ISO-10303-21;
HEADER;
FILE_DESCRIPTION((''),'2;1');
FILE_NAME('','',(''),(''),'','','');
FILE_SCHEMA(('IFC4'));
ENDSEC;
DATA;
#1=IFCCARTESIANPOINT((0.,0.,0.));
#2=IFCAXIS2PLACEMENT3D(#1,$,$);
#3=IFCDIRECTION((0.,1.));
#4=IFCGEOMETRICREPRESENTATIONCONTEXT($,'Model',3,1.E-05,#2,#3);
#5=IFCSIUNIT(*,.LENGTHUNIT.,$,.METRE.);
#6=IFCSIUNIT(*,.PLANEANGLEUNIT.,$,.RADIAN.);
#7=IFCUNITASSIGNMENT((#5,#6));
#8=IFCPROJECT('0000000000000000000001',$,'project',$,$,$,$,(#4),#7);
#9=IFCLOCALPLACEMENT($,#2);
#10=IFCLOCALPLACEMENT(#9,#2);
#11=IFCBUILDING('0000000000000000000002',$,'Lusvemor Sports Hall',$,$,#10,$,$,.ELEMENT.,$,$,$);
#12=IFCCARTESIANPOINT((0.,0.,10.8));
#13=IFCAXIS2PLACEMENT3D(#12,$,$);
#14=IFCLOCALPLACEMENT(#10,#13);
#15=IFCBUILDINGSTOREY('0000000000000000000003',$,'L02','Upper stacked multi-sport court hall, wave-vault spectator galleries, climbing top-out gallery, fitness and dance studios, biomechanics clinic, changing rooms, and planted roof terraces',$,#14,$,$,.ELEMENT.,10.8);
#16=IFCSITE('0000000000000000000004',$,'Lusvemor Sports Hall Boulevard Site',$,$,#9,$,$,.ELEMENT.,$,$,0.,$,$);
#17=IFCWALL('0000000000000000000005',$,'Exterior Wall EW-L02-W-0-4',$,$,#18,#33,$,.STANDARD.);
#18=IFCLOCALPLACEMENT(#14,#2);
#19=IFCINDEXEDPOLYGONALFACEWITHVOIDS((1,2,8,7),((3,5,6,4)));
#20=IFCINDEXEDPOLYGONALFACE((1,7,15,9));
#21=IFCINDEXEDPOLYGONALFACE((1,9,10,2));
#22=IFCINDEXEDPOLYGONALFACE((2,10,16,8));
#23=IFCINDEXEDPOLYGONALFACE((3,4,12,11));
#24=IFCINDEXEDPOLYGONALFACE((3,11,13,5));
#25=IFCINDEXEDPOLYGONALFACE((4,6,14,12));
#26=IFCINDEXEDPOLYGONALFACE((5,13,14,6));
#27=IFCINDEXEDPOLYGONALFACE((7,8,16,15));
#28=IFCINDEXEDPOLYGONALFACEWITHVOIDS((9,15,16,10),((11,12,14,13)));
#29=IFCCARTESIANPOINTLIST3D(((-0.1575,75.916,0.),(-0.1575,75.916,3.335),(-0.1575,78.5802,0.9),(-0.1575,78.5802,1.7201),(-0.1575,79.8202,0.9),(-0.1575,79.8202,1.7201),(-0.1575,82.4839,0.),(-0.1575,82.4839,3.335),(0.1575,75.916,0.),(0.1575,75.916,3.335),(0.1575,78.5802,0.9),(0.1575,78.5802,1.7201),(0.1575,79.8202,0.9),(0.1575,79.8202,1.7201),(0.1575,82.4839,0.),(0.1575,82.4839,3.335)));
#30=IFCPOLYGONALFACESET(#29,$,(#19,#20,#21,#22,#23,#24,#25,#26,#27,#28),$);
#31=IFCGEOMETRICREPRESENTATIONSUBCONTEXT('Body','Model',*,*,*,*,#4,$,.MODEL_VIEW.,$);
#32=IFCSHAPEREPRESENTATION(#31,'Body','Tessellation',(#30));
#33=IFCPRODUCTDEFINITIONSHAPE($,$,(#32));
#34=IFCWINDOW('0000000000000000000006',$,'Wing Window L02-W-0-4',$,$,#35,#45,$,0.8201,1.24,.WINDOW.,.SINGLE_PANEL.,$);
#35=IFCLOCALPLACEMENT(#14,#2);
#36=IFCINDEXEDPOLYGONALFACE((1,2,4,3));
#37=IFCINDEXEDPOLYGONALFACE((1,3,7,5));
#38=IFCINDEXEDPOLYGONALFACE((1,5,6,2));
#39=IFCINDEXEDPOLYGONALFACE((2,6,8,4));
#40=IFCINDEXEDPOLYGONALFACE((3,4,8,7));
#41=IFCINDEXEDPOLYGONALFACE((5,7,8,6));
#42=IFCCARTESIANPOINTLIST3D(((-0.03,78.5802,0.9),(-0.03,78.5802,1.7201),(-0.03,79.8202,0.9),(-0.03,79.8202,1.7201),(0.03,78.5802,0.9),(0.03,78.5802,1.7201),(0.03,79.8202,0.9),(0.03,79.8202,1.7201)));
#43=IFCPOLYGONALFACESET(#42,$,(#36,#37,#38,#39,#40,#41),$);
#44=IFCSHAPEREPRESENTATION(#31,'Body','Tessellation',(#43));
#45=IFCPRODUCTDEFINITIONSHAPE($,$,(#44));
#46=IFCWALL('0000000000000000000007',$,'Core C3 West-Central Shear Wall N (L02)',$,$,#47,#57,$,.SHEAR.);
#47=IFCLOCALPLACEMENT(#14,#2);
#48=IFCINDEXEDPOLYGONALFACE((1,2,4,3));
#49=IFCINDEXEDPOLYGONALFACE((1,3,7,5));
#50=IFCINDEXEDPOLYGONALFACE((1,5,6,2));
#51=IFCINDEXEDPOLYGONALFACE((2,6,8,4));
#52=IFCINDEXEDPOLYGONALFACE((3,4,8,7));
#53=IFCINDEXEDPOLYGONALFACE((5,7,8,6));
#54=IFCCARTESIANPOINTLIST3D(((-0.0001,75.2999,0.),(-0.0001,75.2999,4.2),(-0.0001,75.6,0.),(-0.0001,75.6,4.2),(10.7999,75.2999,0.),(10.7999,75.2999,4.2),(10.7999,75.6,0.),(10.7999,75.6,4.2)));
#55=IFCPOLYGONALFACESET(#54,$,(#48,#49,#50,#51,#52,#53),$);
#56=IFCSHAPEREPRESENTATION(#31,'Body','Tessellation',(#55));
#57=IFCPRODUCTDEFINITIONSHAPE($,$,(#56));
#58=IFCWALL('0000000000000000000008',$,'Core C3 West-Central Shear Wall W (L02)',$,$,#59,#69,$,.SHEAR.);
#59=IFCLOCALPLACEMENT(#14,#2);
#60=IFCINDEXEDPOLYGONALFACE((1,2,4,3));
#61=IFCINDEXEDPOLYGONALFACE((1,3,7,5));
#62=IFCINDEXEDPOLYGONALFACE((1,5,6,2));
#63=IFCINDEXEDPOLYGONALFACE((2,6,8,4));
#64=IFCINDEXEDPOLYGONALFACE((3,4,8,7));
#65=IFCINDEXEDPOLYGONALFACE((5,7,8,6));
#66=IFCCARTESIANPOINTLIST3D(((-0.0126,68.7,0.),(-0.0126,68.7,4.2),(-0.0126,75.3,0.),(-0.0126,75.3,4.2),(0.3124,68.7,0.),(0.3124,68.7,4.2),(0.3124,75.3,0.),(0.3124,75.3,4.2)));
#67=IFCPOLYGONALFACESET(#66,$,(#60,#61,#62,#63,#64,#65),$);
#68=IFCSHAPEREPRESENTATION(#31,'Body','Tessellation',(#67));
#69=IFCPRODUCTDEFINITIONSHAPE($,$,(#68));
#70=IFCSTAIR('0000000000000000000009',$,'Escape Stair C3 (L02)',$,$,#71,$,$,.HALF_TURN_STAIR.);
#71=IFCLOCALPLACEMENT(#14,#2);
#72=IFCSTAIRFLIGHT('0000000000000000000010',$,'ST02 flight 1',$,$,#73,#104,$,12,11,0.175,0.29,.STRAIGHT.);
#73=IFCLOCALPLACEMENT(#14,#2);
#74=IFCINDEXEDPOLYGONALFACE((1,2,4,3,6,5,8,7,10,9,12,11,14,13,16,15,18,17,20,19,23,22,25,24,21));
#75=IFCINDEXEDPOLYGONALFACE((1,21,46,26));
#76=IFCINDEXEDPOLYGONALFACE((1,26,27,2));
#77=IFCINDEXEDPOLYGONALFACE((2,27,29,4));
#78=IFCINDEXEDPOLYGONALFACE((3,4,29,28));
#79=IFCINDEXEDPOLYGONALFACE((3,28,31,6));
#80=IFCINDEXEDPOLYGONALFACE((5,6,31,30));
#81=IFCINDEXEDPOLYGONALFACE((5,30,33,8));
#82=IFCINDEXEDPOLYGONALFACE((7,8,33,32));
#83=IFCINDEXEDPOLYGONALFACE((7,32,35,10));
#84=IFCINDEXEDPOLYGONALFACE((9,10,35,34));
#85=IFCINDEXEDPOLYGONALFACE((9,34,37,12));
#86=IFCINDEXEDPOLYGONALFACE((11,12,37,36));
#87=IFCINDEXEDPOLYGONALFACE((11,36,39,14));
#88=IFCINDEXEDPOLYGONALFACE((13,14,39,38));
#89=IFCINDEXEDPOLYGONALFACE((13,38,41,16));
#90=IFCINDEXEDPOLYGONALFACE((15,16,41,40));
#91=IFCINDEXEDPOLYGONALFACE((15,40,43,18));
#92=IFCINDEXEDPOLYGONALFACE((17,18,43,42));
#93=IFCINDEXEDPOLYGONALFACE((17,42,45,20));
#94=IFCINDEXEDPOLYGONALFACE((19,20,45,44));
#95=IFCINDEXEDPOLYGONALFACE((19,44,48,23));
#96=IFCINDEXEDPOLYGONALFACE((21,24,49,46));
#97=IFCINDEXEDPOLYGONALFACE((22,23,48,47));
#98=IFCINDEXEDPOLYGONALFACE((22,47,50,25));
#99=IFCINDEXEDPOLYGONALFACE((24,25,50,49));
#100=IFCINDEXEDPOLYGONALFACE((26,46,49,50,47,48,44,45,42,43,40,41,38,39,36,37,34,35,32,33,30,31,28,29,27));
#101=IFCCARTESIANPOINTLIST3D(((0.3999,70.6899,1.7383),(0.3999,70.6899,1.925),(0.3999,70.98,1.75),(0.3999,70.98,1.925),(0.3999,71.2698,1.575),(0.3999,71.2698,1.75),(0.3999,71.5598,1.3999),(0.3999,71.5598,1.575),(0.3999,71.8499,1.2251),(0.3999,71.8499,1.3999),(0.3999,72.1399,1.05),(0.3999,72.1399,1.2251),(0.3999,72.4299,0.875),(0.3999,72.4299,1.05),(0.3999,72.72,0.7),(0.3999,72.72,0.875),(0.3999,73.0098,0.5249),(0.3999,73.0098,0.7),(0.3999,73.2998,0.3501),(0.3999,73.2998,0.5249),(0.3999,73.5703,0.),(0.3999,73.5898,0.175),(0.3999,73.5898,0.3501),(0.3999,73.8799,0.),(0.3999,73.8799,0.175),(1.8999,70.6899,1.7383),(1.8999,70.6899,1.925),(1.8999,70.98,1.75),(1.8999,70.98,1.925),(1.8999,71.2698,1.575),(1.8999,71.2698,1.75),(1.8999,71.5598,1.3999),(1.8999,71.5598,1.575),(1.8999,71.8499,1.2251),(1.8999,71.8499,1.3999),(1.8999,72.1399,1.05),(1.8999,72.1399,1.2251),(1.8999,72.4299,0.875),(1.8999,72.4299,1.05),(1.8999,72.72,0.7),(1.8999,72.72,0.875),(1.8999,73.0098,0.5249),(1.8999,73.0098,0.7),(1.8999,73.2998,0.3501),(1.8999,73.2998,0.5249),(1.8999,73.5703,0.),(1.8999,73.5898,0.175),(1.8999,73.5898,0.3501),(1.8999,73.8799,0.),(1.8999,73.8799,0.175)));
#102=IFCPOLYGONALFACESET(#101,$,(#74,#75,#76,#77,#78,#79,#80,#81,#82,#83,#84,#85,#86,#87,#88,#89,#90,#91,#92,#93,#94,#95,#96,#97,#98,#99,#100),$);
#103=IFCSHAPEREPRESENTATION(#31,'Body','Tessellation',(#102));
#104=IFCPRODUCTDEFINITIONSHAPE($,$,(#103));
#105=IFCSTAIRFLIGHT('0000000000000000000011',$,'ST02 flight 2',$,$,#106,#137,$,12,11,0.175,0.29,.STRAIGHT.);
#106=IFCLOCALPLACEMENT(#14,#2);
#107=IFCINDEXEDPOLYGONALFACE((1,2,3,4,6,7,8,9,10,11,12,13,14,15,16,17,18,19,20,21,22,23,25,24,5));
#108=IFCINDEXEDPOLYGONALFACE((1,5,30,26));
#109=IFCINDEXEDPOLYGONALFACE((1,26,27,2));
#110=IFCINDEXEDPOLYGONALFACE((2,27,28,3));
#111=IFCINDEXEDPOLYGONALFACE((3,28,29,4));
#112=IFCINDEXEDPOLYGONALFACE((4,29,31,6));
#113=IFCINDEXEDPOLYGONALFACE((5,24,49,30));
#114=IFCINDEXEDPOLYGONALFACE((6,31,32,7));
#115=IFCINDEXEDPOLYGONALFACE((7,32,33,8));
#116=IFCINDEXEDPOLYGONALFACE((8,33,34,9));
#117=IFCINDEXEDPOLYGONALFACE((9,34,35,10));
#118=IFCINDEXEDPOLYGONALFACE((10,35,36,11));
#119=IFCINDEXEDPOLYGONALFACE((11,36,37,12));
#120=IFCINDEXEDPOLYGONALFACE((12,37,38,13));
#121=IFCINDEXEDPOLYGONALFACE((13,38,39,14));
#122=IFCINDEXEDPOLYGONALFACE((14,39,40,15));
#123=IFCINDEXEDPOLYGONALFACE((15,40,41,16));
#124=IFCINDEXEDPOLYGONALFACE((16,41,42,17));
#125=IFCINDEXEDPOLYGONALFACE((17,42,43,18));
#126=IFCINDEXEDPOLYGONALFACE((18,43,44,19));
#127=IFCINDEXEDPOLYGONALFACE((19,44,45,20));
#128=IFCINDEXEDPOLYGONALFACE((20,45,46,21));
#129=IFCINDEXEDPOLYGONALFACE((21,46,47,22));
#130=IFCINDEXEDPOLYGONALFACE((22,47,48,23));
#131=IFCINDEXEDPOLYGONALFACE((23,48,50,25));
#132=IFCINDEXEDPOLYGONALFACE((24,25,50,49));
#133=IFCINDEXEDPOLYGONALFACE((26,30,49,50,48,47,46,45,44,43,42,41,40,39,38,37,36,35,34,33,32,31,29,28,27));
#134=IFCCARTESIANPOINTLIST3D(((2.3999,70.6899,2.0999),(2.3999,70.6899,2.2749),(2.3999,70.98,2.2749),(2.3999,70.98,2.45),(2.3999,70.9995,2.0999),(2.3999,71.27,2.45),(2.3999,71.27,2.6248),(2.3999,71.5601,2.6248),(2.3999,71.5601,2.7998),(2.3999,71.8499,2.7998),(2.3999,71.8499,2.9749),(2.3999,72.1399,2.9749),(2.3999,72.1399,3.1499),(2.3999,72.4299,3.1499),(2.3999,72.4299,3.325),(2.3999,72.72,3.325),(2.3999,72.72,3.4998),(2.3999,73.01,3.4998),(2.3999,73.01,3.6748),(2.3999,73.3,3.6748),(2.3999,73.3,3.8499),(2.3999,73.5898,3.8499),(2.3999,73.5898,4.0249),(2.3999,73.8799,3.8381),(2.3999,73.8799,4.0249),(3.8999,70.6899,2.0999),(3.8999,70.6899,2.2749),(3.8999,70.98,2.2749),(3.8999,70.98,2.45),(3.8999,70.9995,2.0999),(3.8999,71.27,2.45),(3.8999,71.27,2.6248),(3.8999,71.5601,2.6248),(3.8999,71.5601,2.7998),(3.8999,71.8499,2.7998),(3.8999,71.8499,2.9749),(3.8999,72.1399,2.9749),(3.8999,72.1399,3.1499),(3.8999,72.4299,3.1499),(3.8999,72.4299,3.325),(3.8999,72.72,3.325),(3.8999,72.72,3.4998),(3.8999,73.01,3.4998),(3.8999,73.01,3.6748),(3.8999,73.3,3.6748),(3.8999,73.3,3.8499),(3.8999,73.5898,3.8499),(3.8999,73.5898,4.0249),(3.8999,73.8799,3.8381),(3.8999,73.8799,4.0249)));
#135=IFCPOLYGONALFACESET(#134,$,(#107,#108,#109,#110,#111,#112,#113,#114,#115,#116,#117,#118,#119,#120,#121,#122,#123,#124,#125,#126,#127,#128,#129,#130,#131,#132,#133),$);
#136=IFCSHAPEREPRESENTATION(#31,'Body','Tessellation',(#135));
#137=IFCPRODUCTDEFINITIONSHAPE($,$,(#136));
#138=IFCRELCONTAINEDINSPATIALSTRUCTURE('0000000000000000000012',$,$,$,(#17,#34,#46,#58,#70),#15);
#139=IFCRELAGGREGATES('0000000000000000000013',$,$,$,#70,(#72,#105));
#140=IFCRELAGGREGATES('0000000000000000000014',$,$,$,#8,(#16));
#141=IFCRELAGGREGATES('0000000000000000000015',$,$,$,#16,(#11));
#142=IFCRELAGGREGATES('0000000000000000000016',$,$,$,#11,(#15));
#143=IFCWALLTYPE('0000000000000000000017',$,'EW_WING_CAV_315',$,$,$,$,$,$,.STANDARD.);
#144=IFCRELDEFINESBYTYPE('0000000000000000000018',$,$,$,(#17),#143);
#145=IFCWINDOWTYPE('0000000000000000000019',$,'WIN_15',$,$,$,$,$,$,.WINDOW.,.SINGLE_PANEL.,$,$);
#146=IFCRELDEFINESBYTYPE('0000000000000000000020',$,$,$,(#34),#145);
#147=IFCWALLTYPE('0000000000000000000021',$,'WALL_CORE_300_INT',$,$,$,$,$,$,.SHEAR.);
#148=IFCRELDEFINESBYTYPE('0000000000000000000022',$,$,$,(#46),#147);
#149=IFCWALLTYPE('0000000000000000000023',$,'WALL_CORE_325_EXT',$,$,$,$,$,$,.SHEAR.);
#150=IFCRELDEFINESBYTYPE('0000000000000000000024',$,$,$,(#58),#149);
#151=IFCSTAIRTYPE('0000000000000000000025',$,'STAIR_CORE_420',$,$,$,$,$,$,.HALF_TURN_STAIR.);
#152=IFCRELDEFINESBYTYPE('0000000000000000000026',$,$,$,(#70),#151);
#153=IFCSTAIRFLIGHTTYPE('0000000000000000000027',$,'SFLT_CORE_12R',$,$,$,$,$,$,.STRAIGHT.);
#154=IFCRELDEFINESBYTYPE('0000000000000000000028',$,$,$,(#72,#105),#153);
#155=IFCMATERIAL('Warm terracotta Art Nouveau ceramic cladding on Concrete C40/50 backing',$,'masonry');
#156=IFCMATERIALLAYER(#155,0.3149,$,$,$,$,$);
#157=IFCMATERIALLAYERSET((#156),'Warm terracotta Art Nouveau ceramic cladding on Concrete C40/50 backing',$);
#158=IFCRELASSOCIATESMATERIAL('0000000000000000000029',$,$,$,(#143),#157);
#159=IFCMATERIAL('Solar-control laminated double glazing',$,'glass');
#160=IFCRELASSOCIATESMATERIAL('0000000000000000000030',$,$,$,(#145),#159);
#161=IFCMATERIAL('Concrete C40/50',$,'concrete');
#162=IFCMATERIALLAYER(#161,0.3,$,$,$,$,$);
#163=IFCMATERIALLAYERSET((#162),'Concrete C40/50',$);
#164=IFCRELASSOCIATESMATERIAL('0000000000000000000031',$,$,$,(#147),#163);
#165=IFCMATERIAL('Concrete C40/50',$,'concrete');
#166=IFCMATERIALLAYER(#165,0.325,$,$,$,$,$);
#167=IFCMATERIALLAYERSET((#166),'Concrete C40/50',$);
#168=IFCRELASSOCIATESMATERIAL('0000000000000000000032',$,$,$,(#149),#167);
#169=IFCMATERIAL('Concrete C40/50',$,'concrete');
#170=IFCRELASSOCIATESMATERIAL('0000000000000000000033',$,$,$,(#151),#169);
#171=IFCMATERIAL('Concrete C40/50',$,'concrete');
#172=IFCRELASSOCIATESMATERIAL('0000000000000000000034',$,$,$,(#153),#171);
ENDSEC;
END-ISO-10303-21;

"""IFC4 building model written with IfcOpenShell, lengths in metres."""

from ifc_helpers import new_model, si_unit, direction, frame, frame_2d, origin, place, context, subcontext, project, spatial, polyline, rectangle, outline, extrude, material, layer, layer_set, type_object, element, fill, aggregate, save


model = new_model("IFC4")

# Units and contexts
model_context = context("Model", 3, precision=1e-05, world=origin(), true_north=direction((0.0, 1.0)))
body_context = subcontext(model_context, "Body", "Model", "MODEL_VIEW")
ifc_project = project(units=[si_unit("LENGTHUNIT", "METRE"), si_unit("PLANEANGLEUNIT", "RADIAN")], contexts=[model_context])

# Site, building, storey
site_placement = place(None, origin())
site = spatial("IfcSite", under=ifc_project, at=site_placement, Name="Lusvemor Sports Hall Boulevard Site", CompositionType="ELEMENT", RefElevation=0.0)
building_placement = place(site_placement, origin())
building = spatial("IfcBuilding", under=site, at=building_placement, Name="Lusvemor Sports Hall", CompositionType="ELEMENT")
storey_placement = place(building_placement, frame((0.0, 0.0, 10.8)))
storey = spatial("IfcBuildingStorey", under=building, at=storey_placement, Name="L02", Description="Upper stacked multi-sport court hall, wave-vault spectator galleries, climbing top-out gallery, fitness and dance studios, biomechanics clinic, changing rooms, and planted roof terraces", CompositionType="ELEMENT", Elevation=10.8)

# Wall, opening, window
ifc_material_1 = material(Name="Warm terracotta Art Nouveau ceramic cladding on Concrete C40/50 backing", Category="masonry")
ifc_layer_1 = layer(ifc_material_1, 0.3149)
ifc_layer_set_1 = layer_set([ifc_layer_1], Name="Warm terracotta Art Nouveau ceramic cladding on Concrete C40/50 backing")
wall_type_1 = type_object("IfcWallType", Name="EW_WING_CAV_315", PredefinedType="STANDARD", material=ifc_layer_set_1)
wall_1_placement = place(storey_placement, frame((0.0, 75.916, 0.0), z_axis=(0.0, 0.0, 1.0), x_axis=(0.0, 1.0, 0.0)))
wall_1 = element("IfcWall", 1, at=wall_1_placement, inside=storey, type_object=wall_type_1, Name="Exterior Wall EW-L02-W-0-4", PredefinedType="STANDARD", context=body_context, shape_type="SweptSolid", body=[
    extrude(rectangle(XDim=6.5679, YDim=0.3149, at=frame_2d((3.2839, 0.0))), origin(), (0.0, 0.0, 1.0), 3.335),
])
opening_placement = place(wall_1_placement, frame((2.6641, 0.0, 0.8999)))
opening = element("IfcOpeningElement", 2, at=opening_placement, cuts=wall_1, PredefinedType="OPENING", context=body_context, shape_type="SweptSolid", body=[
    extrude(rectangle(XDim=1.24, YDim=0.8201, at=frame_2d((0.6201, 0.4102))), frame((0.0, 0.1575, 0.0), z_axis=(0.0, -1.0, 0.0), x_axis=(1.0, 0.0, 0.0)), (0.0, 0.0, 1.0), 0.3149),
])
ifc_material_2 = material(Name="Solar-control laminated double glazing", Category="glass")
window_type = type_object("IfcWindowType", Name="WIN_15", PartitioningType="SINGLE_PANEL", PredefinedType="WINDOW", material=ifc_material_2)
window_placement = place(opening_placement, origin())
window = element("IfcWindow", 3, at=window_placement, inside=storey, type_object=window_type, Name="Wing Window L02-W-0-4", OverallHeight=0.8201, OverallWidth=1.24, PartitioningType="SINGLE_PANEL", PredefinedType="WINDOW", context=body_context, shape_type="SweptSolid", body=[
    extrude(rectangle(XDim=1.24, YDim=0.8201, at=frame_2d((0.6201, 0.4102))), frame((0.0, 0.03, 0.0), z_axis=(0.0, -1.0, 0.0), x_axis=(1.0, 0.0, 0.0)), (0.0, 0.0, 1.0), 0.0601),
])
fill(opening, window)

# Walls
ifc_material_3 = material(Name="Concrete C40/50", Category="concrete")
ifc_layer_2 = layer(ifc_material_3, 0.3)
ifc_layer_set_2 = layer_set([ifc_layer_2], Name="Concrete C40/50")
wall_type_2 = type_object("IfcWallType", Name="WALL_CORE_300_INT", PredefinedType="SHEAR", material=ifc_layer_set_2)
wall_2_placement = place(storey_placement, frame((0.0, 75.45, 0.0), z_axis=(0.0, 0.0, 1.0), x_axis=(1.0, 0.0, 0.0)))
element("IfcWall", 4, at=wall_2_placement, inside=storey, type_object=wall_type_2, Name="Core C3 West-Central Shear Wall N (L02)", PredefinedType="SHEAR", context=body_context, shape_type="SweptSolid", body=[
    extrude(rectangle(XDim=10.8, YDim=0.3, at=frame_2d((5.3999, 0.0))), origin(), (0.0, 0.0, 1.0), 4.2),
])
ifc_material_4 = material(Name="Concrete C40/50", Category="concrete")
ifc_layer_3 = layer(ifc_material_4, 0.325)
ifc_layer_set_3 = layer_set([ifc_layer_3], Name="Concrete C40/50")
wall_type_3 = type_object("IfcWallType", Name="WALL_CORE_325_EXT", PredefinedType="SHEAR", material=ifc_layer_set_3)
wall_3_placement = place(storey_placement, frame((0.1499, 68.7, 0.0), z_axis=(0.0, 0.0, 1.0), x_axis=(0.0, 1.0, 0.0)))
element("IfcWall", 5, at=wall_3_placement, inside=storey, type_object=wall_type_3, Name="Core C3 West-Central Shear Wall W (L02)", PredefinedType="SHEAR", context=body_context, shape_type="SweptSolid", body=[
    extrude(rectangle(XDim=6.6001, YDim=0.325, at=frame_2d((3.3, 0.0))), origin(), (0.0, 0.0, 1.0), 4.2),
])

# Stair, stair flights
ifc_material_5 = material(Name="Concrete C40/50", Category="concrete")
stair_type = type_object("IfcStairType", Name="STAIR_CORE_420", PredefinedType="HALF_TURN_STAIR", material=ifc_material_5)
stair_placement = place(storey_placement, origin())
stair = element("IfcStair", 6, at=stair_placement, inside=storey, type_object=stair_type, Name="Escape Stair C3 (L02)", PredefinedType="HALF_TURN_STAIR")
ifc_material_6 = material(Name="Concrete C40/50", Category="concrete")
stair_flight_type = type_object("IfcStairFlightType", Name="SFLT_CORE_12R", PredefinedType="STRAIGHT", material=ifc_material_6)
stair_flight_1_placement = place(storey_placement, frame((1.1499, 73.8799, 0.0), z_axis=(0.0, 0.0, 1.0), x_axis=(0.0, -1.0, 0.0)))
stair_flight_1 = element("IfcStairFlight", 7, at=stair_flight_1_placement, type_object=stair_flight_type, Name="ST02 flight 1", NumberOfRisers=12, NumberOfTreads=11, PredefinedType="STRAIGHT", RiserHeight=0.175, TreadLength=0.29, context=body_context, shape_type="SweptSolid", body=[
    extrude(outline(polyline([(0.0, 0.0), (0.0, 0.175), (0.29, 0.175), (0.29, 0.3501), (0.5801, 0.3501), (0.5801, 0.5249), (0.8701, 0.5249), (0.8701, 0.7), (1.1599, 0.7), (1.1599, 0.875), (1.45, 0.875), (1.45, 1.05), (1.74, 1.05), (1.74, 1.2251), (2.03, 1.2251), (2.03, 1.3999), (2.3201, 1.3999), (2.3201, 1.575), (2.6101, 1.575), (2.6101, 1.75), (2.8999, 1.75), (2.8999, 1.925), (3.1899, 1.925), (3.1899, 2.1001), (3.1899, 1.7383), (0.3096, 0.0), (0.0, 0.0)])), frame((0.0, 0.75, 0.0), z_axis=(0.0, -1.0, 0.0), x_axis=(1.0, 0.0, 0.0)), (0.0, 0.0, 1.0), 1.5),
])
stair_flight_2_placement = place(storey_placement, frame((3.1499, 70.6899, 2.0999), z_axis=(0.0, 0.0, 1.0), x_axis=(0.0, 1.0, 0.0)))
stair_flight_2 = element("IfcStairFlight", 8, at=stair_flight_2_placement, type_object=stair_flight_type, Name="ST02 flight 2", NumberOfRisers=12, NumberOfTreads=11, PredefinedType="STRAIGHT", RiserHeight=0.175, TreadLength=0.29, context=body_context, shape_type="SweptSolid", body=[
    extrude(outline(polyline([(0.0, 0.0), (0.0, 0.175), (0.29, 0.175), (0.29, 0.3501), (0.5801, 0.3501), (0.5801, 0.5249), (0.8701, 0.5249), (0.8701, 0.7), (1.1599, 0.7), (1.1599, 0.875), (1.45, 0.875), (1.45, 1.05), (1.74, 1.05), (1.74, 1.2251), (2.03, 1.2251), (2.03, 1.3999), (2.3201, 1.3999), (2.3201, 1.575), (2.6101, 1.575), (2.6101, 1.75), (2.8999, 1.75), (2.8999, 1.925), (3.1899, 1.925), (3.1899, 2.1001), (3.1899, 1.7383), (0.3096, 0.0), (0.0, 0.0)])), frame((0.0, 0.75, 0.0), z_axis=(0.0, -1.0, 0.0), x_axis=(1.0, 0.0, 0.0)), (0.0, 0.0, 1.0), 1.5),
])
aggregate(stair, [stair_flight_1, stair_flight_2])

save(model, "model.ifc")
